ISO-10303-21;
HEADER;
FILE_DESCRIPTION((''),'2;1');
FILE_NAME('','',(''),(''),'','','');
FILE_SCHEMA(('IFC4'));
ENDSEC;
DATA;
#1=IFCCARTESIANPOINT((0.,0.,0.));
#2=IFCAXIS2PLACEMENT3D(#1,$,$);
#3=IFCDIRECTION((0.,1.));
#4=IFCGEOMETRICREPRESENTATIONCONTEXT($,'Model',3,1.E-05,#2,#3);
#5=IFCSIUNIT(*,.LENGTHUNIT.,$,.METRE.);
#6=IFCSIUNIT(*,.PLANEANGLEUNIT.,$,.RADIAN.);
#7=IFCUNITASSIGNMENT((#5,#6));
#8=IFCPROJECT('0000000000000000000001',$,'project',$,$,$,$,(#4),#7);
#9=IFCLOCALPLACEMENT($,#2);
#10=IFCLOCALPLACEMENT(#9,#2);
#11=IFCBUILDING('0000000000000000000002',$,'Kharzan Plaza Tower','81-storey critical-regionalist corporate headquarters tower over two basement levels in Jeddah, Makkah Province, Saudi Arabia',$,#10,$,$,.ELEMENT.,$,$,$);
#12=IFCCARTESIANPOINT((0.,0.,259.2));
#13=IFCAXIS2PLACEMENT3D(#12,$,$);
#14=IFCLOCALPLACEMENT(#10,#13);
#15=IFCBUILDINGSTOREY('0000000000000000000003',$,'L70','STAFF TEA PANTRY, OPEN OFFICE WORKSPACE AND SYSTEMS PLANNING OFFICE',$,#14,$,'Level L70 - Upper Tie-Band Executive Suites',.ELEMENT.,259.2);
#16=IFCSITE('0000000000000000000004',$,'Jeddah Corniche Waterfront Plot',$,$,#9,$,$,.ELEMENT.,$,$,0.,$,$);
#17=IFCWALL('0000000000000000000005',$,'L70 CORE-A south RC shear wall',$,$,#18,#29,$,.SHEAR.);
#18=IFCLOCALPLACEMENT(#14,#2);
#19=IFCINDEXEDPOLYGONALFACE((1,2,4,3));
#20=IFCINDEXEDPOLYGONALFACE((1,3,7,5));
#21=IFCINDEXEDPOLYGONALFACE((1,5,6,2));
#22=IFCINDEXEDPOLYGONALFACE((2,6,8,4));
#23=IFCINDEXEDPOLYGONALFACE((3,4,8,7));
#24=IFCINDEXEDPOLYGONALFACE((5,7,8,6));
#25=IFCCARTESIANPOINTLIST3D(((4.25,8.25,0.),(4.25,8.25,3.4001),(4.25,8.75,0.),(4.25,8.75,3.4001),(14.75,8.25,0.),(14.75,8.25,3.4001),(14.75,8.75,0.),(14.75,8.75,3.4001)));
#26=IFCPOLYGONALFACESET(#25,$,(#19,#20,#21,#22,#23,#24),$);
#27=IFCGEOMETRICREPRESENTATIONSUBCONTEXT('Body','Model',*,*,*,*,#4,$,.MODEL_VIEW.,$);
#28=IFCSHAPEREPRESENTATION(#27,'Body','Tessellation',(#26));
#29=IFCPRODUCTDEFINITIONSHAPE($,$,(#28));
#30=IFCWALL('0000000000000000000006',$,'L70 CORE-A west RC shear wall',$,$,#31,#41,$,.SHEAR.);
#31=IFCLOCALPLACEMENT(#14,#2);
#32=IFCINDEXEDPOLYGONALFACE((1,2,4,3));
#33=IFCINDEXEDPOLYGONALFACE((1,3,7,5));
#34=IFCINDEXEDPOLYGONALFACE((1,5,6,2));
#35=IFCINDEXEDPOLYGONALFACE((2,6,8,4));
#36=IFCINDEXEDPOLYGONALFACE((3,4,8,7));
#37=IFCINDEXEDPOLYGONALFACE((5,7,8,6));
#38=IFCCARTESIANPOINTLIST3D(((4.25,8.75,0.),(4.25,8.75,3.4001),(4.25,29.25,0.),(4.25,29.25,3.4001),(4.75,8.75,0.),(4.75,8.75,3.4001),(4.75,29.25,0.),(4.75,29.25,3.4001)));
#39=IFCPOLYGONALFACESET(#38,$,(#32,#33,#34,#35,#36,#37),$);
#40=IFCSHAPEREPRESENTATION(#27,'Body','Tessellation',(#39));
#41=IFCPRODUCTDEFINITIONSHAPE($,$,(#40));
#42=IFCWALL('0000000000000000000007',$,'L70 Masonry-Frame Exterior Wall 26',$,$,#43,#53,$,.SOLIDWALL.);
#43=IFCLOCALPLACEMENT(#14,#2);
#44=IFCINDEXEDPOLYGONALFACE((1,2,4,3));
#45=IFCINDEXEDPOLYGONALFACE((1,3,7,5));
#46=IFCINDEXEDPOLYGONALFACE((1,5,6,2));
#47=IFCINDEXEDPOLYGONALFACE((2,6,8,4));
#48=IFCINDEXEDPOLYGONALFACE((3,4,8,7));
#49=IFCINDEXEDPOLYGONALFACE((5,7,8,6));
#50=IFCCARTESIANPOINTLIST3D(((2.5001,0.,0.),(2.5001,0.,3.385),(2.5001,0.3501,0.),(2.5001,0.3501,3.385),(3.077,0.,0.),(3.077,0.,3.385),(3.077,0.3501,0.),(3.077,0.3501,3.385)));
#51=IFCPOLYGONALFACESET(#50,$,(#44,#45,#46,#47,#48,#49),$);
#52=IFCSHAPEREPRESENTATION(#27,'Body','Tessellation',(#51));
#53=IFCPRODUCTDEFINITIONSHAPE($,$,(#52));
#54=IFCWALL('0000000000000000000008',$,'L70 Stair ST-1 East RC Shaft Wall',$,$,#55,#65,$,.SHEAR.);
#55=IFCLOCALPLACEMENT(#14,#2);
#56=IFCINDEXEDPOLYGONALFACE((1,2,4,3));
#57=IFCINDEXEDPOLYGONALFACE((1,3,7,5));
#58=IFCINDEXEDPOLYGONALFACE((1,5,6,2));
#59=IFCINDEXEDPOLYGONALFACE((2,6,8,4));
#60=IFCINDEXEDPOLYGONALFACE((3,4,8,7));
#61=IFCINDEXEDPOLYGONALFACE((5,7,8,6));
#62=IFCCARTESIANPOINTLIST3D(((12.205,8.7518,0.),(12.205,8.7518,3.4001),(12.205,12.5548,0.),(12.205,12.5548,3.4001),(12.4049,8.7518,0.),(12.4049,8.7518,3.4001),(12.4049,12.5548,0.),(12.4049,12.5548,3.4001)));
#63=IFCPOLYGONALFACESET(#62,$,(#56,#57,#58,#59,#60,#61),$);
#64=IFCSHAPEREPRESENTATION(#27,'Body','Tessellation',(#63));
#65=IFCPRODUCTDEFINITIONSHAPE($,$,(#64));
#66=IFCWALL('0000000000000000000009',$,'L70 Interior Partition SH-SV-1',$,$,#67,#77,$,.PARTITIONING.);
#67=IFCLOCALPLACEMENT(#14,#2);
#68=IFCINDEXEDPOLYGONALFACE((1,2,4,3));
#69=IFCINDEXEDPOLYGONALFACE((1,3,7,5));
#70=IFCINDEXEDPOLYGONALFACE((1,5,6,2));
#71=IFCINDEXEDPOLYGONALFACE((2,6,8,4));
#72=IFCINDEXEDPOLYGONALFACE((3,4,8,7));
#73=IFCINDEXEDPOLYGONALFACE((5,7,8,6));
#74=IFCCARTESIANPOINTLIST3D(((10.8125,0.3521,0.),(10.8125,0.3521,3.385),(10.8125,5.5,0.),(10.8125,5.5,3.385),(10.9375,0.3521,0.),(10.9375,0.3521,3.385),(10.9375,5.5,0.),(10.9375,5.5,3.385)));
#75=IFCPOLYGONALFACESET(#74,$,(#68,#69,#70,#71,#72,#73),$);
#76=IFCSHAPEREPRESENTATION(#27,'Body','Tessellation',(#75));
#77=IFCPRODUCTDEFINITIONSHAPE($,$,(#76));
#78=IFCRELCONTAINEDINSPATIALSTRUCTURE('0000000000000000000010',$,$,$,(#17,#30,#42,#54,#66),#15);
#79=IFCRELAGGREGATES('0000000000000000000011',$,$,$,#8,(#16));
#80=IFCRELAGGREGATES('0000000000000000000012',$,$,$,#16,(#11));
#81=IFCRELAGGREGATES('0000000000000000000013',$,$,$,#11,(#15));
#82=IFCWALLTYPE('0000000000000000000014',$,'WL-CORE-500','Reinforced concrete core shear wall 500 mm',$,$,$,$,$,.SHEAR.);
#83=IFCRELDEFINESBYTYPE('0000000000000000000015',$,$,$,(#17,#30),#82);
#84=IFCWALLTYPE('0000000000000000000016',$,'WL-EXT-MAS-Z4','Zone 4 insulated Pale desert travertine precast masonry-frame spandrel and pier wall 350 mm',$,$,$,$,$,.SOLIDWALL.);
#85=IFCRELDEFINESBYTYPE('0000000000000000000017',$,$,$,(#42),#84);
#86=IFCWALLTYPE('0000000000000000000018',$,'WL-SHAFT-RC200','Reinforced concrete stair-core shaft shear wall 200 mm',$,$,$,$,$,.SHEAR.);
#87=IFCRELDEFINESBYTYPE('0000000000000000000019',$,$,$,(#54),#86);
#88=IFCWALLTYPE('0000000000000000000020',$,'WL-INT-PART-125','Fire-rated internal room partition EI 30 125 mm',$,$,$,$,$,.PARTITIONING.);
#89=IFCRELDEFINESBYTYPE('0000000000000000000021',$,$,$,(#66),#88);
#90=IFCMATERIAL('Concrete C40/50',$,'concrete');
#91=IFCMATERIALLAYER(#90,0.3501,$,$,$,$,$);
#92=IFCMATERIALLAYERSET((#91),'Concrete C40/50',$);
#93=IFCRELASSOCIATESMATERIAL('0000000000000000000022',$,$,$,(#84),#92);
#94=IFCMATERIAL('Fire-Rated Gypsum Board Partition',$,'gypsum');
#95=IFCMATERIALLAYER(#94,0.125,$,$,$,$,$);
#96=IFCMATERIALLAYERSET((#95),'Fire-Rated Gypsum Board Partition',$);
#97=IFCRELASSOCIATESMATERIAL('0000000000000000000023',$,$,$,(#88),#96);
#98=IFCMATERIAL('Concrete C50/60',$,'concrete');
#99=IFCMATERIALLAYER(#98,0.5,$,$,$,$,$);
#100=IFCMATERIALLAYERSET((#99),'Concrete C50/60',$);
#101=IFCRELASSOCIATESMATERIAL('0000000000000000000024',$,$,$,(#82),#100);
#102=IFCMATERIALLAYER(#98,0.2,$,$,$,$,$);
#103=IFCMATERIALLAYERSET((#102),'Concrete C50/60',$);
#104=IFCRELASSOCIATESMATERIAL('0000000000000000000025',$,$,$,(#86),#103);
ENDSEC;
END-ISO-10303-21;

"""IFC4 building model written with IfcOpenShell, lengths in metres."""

from ifc_helpers import new_model, si_unit, direction, frame, frame_2d, origin, place, context, subcontext, project, spatial, rectangle, extrude, source, transform, mapped, material, layer, layer_set, type_object, element, save


model = new_model("IFC4")

# Units and contexts
model_context = context("Model", 3, precision=1e-05, world=origin(), true_north=direction((0.0, 1.0)))
body_context = subcontext(model_context, "Body", "Model", "MODEL_VIEW")
ifc_project = project(units=[si_unit("LENGTHUNIT", "METRE"), si_unit("PLANEANGLEUNIT", "RADIAN")], contexts=[model_context])

# Site, building, storey
site_placement = place(None, origin())
site = spatial("IfcSite", under=ifc_project, at=site_placement, Name="Jeddah Corniche Waterfront Plot", CompositionType="ELEMENT", RefElevation=0.0)
building_placement = place(site_placement, origin())
building = spatial("IfcBuilding", under=site, at=building_placement, Name="Kharzan Plaza Tower", Description="81-storey critical-regionalist corporate headquarters tower over two basement levels in Jeddah, Makkah Province, Saudi Arabia", CompositionType="ELEMENT")
storey_placement = place(building_placement, frame((0.0, 0.0, 259.2)))
storey = spatial("IfcBuildingStorey", under=building, at=storey_placement, Name="L70", Description="STAFF TEA PANTRY, OPEN OFFICE WORKSPACE AND SYSTEMS PLANNING OFFICE", LongName="Level L70 - Upper Tie-Band Executive Suites", CompositionType="ELEMENT", Elevation=259.2)

# Shared definitions
ifc_material_1 = material(Name="Concrete C50/60", Category="concrete")

# Shared definitions
ifc_material_2 = material(Name="Concrete C40/50", Category="concrete")
ifc_layer_1 = layer(ifc_material_2, 0.3501)
ifc_layer_set_1 = layer_set([ifc_layer_1], Name="Concrete C40/50")
wall_type_1 = type_object("IfcWallType", Name="WL-EXT-MAS-Z4", Description="Zone 4 insulated Pale desert travertine precast masonry-frame spandrel and pier wall 350 mm", PredefinedType="SOLIDWALL", material=ifc_layer_set_1)

# Shared definitions
ifc_material_3 = material(Name="Fire-Rated Gypsum Board Partition", Category="gypsum")
ifc_layer_2 = layer(ifc_material_3, 0.125)
ifc_layer_set_2 = layer_set([ifc_layer_2], Name="Fire-Rated Gypsum Board Partition")
wall_type_2 = type_object("IfcWallType", Name="WL-INT-PART-125", Description="Fire-rated internal room partition EI 30 125 mm", PredefinedType="PARTITIONING", material=ifc_layer_set_2)

# Walls
ifc_layer_3 = layer(ifc_material_1, 0.5)
ifc_layer_set_3 = layer_set([ifc_layer_3], Name="Concrete C50/60")
wall_type_3 = type_object("IfcWallType", Name="WL-CORE-500", Description="Reinforced concrete core shear wall 500 mm", PredefinedType="SHEAR", material=ifc_layer_set_3)
shared_shape_1 = source(origin(), body_context, "Body", "SweptSolid", [
    extrude(rectangle(XDim=10.5, YDim=0.5, at=frame_2d((5.25, 0.0))), origin(), (0.0, 0.0, 1.0), 3.4001),
])
wall_1_placement = place(storey_placement, frame((4.25, 8.5, 0.0), z_axis=(0.0, 0.0, 1.0), x_axis=(1.0, 0.0, 0.0)))
element("IfcWall", 1, at=wall_1_placement, inside=storey, type_object=wall_type_3, Name="L70 CORE-A south RC shear wall", PredefinedType="SHEAR", context=body_context, shape_type="MappedRepresentation", body=[
    mapped(shared_shape_1, transform((0.0, 0.0, 0.0), x_axis=(1.0, 0.0, 0.0), y_axis=(0.0, 1.0, 0.0), z_axis=(0.0, 0.0, 1.0))),
])
shared_shape_2 = source(origin(), body_context, "Body", "SweptSolid", [
    extrude(rectangle(XDim=20.5, YDim=0.5, at=frame_2d((10.25, 0.0))), origin(), (0.0, 0.0, 1.0), 3.4001),
])
wall_2_placement = place(storey_placement, frame((4.5, 8.75, 0.0), z_axis=(0.0, 0.0, 1.0), x_axis=(0.0, 1.0, 0.0)))
element("IfcWall", 2, at=wall_2_placement, inside=storey, type_object=wall_type_3, Name="L70 CORE-A west RC shear wall", PredefinedType="SHEAR", context=body_context, shape_type="MappedRepresentation", body=[
    mapped(shared_shape_2, transform((0.0, 0.0, 0.0), x_axis=(1.0, 0.0, 0.0), y_axis=(0.0, 1.0, 0.0), z_axis=(0.0, 0.0, 1.0))),
])
shared_shape_3 = source(origin(), body_context, "Body", "SweptSolid", [
    extrude(rectangle(XDim=0.5769, YDim=0.3501, at=frame_2d((0.2886, 0.0))), origin(), (0.0, 0.0, 1.0), 3.385),
])
wall_3_placement = place(storey_placement, frame((2.5, 0.175, 0.0), z_axis=(0.0, 0.0, 1.0), x_axis=(1.0, 0.0, 0.0)))
element("IfcWall", 3, at=wall_3_placement, inside=storey, type_object=wall_type_1, Name="L70 Masonry-Frame Exterior Wall 26", PredefinedType="SOLIDWALL", context=body_context, shape_type="MappedRepresentation", body=[
    mapped(shared_shape_3, transform((0.0, 0.0, 0.0), x_axis=(1.0, 0.0, 0.0), y_axis=(0.0, 1.0, 0.0), z_axis=(0.0, 0.0, 1.0))),
])
ifc_layer_4 = layer(ifc_material_1, 0.2)
ifc_layer_set_4 = layer_set([ifc_layer_4], Name="Concrete C50/60")
wall_type_4 = type_object("IfcWallType", Name="WL-SHAFT-RC200", Description="Reinforced concrete stair-core shaft shear wall 200 mm", PredefinedType="SHEAR", material=ifc_layer_set_4)
shared_shape_4 = source(origin(), body_context, "Body", "SweptSolid", [
    extrude(rectangle(XDim=3.803, YDim=0.2, at=frame_2d((1.9014, 0.0))), origin(), (0.0, 0.0, 1.0), 3.4001),
])
wall_4_placement = place(storey_placement, frame((12.3049, 8.752, 0.0), z_axis=(0.0, 0.0, 1.0), x_axis=(0.0, 1.0, 0.0)))
element("IfcWall", 4, at=wall_4_placement, inside=storey, type_object=wall_type_4, Name="L70 Stair ST-1 East RC Shaft Wall", PredefinedType="SHEAR", context=body_context, shape_type="MappedRepresentation", body=[
    mapped(shared_shape_4, transform((0.0, 0.0, 0.0), x_axis=(1.0, 0.0, 0.0), y_axis=(0.0, 1.0, 0.0), z_axis=(0.0, 0.0, 1.0))),
])
shared_shape_5 = source(origin(), body_context, "Body", "SweptSolid", [
    extrude(rectangle(XDim=5.1479, YDim=0.125, at=frame_2d((2.574, 0.0))), origin(), (0.0, 0.0, 1.0), 3.385),
])
wall_5_placement = place(storey_placement, frame((10.875, 0.3521, 0.0), z_axis=(0.0, 0.0, 1.0), x_axis=(0.0, 1.0, 0.0)))
element("IfcWall", 5, at=wall_5_placement, inside=storey, type_object=wall_type_2, Name="L70 Interior Partition SH-SV-1", PredefinedType="PARTITIONING", context=body_context, shape_type="MappedRepresentation", body=[
    mapped(shared_shape_5, transform((0.0, 0.0, 0.0), x_axis=(1.0, 0.0, 0.0), y_axis=(0.0, 1.0, 0.0), z_axis=(0.0, 0.0, 1.0))),
])

save(model, "model.ifc")
